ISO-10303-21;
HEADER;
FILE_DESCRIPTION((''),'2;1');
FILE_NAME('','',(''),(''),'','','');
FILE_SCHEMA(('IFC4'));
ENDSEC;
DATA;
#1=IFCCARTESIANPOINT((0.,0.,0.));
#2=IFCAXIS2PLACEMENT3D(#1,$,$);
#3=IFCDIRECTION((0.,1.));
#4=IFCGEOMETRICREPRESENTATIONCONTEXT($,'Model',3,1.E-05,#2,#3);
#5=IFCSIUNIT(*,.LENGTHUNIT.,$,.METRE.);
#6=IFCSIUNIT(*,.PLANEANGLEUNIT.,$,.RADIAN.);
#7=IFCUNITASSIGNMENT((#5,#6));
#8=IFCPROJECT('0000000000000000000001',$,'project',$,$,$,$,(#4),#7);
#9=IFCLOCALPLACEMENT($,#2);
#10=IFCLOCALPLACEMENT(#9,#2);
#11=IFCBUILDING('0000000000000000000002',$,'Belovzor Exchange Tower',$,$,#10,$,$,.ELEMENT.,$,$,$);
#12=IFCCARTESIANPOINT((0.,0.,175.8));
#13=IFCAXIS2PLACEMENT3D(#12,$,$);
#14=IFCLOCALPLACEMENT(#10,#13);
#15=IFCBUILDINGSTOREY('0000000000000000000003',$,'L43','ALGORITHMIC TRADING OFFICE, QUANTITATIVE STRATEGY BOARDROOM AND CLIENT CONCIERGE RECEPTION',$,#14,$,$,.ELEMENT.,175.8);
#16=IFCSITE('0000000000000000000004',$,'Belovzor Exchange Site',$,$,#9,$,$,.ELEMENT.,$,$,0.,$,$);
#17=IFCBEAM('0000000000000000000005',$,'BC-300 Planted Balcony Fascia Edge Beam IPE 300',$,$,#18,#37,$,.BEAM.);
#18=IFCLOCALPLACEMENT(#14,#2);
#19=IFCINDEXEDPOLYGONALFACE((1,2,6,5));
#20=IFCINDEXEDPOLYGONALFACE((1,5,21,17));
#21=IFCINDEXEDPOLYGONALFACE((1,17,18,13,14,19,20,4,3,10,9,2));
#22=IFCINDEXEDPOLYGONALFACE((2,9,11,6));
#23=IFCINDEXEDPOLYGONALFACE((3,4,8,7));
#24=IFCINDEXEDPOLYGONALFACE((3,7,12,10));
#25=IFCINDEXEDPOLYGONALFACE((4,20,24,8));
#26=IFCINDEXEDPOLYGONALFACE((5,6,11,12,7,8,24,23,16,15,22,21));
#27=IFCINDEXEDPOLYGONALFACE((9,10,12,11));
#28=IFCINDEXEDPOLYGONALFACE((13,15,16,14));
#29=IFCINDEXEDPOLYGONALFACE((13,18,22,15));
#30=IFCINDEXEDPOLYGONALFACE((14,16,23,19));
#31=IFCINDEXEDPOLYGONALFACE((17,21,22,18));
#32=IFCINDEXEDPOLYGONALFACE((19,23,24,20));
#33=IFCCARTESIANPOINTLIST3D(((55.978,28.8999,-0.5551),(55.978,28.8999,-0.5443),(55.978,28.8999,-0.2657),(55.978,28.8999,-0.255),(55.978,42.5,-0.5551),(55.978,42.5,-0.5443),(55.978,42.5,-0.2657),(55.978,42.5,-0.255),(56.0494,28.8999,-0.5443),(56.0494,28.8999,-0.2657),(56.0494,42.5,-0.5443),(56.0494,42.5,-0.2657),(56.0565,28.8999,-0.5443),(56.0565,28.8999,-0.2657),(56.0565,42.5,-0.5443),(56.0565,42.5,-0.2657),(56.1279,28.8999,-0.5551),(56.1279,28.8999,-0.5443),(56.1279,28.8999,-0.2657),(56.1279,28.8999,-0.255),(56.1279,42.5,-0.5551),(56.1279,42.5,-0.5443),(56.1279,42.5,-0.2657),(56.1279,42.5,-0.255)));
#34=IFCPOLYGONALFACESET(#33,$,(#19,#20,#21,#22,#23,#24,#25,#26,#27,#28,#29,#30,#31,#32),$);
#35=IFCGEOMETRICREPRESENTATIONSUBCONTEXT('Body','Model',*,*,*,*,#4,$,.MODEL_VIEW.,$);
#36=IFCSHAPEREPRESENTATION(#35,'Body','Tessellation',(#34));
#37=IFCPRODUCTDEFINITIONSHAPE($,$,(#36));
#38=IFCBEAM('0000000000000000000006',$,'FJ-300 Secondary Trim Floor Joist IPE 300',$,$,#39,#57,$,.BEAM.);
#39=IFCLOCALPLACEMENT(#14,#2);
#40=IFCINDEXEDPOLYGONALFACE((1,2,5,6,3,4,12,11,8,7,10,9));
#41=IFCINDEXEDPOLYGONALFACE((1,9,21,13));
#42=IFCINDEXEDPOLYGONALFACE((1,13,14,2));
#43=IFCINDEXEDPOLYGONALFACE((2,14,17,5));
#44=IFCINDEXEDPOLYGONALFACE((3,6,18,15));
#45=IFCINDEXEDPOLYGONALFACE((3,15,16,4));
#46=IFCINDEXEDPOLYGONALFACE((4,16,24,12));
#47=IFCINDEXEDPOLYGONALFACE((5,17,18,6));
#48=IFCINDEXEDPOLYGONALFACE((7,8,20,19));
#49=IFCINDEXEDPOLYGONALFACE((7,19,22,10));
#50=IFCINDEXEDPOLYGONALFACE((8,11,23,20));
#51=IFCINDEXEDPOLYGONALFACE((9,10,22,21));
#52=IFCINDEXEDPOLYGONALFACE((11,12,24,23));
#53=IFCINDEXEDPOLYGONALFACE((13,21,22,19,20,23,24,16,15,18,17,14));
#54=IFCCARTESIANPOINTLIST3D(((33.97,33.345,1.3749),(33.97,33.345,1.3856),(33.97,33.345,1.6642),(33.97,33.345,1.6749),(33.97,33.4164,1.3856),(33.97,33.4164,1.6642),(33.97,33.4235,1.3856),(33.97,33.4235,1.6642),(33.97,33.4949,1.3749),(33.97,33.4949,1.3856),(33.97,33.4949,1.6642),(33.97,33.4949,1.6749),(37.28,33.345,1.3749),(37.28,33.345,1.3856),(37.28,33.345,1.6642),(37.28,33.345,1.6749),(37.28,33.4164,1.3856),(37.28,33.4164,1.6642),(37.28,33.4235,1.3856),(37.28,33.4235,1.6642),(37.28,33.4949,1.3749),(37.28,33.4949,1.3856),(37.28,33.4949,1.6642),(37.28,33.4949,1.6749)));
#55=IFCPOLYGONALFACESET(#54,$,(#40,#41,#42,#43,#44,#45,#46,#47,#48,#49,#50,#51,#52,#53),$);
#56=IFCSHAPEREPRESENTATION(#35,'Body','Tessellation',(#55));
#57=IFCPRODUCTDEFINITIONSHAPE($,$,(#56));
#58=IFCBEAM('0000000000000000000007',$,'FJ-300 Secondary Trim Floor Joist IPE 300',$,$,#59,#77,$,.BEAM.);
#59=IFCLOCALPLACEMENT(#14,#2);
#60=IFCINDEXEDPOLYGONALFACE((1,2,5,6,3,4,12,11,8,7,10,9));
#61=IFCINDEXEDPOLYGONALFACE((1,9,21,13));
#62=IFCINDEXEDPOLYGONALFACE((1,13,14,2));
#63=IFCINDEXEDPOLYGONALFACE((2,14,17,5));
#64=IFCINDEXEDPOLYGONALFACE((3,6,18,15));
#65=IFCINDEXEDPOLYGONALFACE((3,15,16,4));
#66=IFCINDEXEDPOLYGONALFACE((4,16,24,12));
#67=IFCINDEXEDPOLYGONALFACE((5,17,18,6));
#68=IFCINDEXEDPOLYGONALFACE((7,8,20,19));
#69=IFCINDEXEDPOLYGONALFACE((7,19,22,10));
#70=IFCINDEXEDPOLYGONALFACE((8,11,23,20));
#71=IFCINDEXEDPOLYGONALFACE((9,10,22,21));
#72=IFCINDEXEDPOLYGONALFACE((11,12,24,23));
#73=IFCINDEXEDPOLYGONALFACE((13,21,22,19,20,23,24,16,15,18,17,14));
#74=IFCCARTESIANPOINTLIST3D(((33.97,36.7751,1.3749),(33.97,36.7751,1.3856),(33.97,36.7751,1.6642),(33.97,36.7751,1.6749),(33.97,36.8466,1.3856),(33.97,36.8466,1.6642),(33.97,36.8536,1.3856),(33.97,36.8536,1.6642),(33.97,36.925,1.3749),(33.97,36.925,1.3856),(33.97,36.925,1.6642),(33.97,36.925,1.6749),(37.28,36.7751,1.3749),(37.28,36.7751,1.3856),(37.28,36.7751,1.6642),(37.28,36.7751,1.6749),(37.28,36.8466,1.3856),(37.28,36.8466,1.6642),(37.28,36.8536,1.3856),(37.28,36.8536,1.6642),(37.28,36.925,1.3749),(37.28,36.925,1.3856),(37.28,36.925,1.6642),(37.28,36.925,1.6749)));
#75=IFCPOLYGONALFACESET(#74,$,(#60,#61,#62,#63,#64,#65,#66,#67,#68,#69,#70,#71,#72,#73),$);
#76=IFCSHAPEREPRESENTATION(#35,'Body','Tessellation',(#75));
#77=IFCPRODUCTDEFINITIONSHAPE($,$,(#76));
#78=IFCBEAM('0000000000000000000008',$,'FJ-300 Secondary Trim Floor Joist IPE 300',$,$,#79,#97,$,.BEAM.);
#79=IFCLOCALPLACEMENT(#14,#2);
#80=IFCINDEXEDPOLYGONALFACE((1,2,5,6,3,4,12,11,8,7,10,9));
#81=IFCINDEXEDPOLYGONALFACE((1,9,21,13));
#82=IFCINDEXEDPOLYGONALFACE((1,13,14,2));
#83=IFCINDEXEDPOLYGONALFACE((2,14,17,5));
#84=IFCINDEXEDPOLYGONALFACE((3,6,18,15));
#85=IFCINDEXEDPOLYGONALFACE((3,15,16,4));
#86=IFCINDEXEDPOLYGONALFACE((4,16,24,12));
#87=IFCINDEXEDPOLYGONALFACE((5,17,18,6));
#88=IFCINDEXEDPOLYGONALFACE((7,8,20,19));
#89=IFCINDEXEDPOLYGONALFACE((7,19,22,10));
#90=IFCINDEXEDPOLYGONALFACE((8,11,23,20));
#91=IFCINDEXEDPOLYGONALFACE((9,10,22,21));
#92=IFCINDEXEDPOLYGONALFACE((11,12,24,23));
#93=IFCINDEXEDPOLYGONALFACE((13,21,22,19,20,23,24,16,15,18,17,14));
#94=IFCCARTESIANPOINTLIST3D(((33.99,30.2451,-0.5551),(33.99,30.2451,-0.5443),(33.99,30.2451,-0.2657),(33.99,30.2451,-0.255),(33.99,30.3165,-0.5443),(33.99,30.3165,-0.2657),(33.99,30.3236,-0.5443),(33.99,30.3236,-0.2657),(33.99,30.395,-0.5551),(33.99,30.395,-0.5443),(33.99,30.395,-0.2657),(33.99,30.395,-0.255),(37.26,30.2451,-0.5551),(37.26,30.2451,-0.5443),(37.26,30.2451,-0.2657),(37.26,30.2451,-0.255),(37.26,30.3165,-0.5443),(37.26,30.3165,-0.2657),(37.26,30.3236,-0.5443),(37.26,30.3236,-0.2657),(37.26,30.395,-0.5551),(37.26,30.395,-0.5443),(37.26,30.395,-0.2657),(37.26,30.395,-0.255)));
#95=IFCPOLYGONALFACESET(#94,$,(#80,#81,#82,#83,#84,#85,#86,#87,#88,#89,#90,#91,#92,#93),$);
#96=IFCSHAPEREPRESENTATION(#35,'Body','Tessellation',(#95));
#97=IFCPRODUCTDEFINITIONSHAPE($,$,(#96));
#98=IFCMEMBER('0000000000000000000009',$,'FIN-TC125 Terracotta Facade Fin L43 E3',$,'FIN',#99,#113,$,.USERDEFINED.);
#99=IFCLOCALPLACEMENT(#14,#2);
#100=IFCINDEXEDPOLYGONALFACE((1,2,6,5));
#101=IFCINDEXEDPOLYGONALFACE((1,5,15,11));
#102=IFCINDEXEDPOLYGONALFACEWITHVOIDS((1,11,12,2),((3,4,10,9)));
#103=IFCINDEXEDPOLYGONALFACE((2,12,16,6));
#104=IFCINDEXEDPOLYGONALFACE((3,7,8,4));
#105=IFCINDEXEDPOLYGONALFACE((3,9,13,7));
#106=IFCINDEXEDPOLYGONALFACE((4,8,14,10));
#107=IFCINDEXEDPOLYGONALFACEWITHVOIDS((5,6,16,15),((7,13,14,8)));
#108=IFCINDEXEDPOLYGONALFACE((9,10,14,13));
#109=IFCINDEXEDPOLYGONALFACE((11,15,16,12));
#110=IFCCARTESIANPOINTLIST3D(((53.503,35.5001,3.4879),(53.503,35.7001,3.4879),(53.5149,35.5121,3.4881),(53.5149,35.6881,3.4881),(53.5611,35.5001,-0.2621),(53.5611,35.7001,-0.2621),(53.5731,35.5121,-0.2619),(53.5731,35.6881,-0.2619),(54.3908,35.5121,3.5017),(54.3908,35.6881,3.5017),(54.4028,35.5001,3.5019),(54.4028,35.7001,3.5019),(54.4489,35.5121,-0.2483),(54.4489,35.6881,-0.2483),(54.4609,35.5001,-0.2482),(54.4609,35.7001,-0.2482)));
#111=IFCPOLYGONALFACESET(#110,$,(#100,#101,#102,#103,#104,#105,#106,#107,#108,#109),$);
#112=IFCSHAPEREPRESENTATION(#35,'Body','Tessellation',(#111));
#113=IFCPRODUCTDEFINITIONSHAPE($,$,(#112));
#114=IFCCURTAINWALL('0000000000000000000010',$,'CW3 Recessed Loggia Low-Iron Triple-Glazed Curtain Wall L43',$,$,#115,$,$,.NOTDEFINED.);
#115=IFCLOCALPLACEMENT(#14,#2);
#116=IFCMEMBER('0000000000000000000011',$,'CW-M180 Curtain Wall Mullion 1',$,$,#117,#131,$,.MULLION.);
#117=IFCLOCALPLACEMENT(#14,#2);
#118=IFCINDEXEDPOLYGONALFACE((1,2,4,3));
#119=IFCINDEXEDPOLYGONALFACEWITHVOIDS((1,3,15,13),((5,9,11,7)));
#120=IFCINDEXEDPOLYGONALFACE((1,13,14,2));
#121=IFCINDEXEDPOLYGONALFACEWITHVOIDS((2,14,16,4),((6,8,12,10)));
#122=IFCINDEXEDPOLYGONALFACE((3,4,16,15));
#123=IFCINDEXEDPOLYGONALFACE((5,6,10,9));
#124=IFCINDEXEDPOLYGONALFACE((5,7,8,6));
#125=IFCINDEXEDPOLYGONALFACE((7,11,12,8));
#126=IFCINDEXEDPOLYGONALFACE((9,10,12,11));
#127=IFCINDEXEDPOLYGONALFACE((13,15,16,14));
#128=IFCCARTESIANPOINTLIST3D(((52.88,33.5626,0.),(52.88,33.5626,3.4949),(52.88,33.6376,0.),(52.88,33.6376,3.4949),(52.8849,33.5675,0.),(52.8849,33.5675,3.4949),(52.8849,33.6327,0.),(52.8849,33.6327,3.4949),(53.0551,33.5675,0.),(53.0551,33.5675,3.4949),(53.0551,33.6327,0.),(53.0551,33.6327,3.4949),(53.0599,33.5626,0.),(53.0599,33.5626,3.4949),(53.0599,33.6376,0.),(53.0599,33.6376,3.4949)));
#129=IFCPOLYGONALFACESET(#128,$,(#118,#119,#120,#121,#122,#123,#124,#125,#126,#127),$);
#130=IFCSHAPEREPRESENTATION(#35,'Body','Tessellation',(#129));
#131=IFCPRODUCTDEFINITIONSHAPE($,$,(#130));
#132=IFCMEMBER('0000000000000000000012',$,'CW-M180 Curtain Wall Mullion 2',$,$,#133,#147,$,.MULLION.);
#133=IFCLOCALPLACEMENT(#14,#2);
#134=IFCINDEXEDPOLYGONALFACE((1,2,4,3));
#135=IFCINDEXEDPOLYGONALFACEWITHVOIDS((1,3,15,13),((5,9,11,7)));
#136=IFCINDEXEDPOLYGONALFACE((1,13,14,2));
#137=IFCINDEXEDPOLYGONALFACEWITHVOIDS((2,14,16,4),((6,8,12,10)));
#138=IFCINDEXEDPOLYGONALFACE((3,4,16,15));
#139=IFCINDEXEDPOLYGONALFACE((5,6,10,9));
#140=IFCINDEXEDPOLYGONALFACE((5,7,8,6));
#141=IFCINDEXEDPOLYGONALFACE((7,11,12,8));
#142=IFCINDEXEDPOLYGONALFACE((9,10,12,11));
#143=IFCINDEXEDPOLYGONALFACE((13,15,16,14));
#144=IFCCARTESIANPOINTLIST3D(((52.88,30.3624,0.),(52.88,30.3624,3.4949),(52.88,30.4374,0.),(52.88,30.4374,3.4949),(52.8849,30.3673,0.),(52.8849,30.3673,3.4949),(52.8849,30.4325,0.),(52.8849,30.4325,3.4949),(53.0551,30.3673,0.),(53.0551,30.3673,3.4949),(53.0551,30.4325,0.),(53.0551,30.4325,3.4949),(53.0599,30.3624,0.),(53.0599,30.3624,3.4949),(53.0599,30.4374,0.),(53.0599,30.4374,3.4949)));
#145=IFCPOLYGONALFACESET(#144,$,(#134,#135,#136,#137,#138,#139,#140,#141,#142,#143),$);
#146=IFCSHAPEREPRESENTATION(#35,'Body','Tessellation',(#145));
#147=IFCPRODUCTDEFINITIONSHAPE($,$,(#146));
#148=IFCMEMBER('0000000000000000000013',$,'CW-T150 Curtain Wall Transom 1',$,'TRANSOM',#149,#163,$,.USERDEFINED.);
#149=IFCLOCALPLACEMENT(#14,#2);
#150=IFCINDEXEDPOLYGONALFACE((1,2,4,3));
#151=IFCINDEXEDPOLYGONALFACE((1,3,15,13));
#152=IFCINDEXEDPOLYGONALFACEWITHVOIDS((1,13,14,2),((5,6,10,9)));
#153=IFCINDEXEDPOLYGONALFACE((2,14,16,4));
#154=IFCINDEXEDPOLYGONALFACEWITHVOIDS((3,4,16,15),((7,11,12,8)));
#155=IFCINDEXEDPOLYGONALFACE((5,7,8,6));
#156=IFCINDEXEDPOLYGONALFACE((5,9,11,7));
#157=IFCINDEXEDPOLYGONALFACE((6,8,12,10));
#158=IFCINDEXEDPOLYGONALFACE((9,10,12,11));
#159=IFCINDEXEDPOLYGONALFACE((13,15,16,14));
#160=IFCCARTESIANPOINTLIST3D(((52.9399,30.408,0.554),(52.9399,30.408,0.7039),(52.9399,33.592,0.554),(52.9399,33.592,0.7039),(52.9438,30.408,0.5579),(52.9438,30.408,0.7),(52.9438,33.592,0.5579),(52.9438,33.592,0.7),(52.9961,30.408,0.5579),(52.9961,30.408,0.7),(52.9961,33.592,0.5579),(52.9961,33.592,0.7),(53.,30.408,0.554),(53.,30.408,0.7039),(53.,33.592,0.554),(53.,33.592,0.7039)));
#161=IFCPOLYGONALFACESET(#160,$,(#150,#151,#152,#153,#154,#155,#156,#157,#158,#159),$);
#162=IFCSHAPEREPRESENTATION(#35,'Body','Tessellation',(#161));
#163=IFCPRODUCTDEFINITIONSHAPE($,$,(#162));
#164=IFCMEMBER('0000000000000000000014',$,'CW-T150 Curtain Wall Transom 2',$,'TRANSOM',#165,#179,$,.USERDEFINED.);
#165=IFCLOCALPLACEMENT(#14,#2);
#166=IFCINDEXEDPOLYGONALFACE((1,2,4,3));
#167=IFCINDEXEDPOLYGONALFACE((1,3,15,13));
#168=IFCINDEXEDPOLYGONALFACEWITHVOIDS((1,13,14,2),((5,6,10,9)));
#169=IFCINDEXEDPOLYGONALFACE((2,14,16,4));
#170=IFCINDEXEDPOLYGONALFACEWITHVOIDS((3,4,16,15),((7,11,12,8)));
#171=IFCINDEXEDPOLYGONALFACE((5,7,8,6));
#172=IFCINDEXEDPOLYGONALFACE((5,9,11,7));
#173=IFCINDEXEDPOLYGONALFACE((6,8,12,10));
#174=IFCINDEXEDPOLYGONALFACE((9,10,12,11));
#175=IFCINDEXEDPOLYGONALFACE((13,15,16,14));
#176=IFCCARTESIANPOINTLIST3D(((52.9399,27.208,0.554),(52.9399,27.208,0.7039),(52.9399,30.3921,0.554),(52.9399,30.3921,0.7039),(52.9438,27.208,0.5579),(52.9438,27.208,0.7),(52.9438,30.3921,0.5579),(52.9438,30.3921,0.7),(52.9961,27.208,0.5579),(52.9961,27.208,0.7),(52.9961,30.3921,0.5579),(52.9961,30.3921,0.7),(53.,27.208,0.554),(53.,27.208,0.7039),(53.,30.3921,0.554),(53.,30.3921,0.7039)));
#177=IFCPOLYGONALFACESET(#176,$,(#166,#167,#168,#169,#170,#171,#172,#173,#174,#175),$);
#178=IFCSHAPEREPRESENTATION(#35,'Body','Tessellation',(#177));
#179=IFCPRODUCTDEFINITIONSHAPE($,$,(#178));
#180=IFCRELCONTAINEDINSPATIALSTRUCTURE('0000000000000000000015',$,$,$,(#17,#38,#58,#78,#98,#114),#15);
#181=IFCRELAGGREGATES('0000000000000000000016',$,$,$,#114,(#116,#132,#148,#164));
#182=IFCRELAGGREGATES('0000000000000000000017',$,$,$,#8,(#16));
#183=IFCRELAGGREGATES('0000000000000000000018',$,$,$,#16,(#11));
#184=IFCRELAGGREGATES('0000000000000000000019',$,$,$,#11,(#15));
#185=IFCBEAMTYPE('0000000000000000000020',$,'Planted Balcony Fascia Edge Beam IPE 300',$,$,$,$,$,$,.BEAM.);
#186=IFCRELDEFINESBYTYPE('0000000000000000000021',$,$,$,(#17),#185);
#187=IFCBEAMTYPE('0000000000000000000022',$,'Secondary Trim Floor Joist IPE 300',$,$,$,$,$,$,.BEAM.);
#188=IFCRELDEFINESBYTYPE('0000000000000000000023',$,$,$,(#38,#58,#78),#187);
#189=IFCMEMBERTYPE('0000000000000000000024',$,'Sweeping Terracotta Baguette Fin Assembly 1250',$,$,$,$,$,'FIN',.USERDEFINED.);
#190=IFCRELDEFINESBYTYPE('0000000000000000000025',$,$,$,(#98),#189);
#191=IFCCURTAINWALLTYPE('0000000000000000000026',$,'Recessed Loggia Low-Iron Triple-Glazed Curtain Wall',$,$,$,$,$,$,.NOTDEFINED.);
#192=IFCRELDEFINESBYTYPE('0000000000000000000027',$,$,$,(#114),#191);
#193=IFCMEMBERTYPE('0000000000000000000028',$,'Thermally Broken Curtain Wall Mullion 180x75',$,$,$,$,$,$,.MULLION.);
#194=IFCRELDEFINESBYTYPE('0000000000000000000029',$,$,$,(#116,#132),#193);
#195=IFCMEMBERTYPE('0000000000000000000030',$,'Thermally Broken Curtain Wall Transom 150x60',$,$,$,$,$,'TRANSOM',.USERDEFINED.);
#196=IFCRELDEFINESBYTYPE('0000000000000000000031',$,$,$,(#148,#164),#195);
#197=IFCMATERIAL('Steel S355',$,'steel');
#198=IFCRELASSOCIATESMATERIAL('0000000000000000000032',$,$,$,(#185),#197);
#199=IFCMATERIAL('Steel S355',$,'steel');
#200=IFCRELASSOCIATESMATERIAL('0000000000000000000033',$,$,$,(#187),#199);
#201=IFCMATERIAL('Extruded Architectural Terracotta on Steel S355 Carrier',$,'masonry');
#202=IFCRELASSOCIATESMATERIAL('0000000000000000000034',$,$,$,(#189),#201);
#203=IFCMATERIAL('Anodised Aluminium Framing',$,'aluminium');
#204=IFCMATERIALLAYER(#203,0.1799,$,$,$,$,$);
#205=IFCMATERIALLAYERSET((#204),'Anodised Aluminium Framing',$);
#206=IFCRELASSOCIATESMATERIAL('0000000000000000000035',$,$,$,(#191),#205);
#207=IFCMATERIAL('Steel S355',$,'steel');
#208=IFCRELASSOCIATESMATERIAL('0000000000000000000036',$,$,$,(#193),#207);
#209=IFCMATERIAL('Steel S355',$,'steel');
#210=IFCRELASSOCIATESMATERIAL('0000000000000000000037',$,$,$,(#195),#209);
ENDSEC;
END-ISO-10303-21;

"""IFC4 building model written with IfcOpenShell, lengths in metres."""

from ifc_helpers import new_model, si_unit, direction, frame, origin, origin_2d, place, context, subcontext, project, spatial, hollow_rectangle, i_section, extrude, material, layer, layer_set, material_profile, profile_set, type_object, element, aggregate, save


model = new_model("IFC4")

# Units and contexts
model_context = context("Model", 3, precision=1e-05, world=origin(), true_north=direction((0.0, 1.0)))
body_context = subcontext(model_context, "Body", "Model", "MODEL_VIEW")
ifc_project = project(units=[si_unit("LENGTHUNIT", "METRE"), si_unit("PLANEANGLEUNIT", "RADIAN")], contexts=[model_context])

# Site, building, storey
site_placement = place(None, origin())
site = spatial("IfcSite", under=ifc_project, at=site_placement, Name="Belovzor Exchange Site", CompositionType="ELEMENT", RefElevation=0.0)
building_placement = place(site_placement, origin())
building = spatial("IfcBuilding", under=site, at=building_placement, Name="Belovzor Exchange Tower", CompositionType="ELEMENT")
storey_placement = place(building_placement, frame((0.0, 0.0, 175.8)))
storey = spatial("IfcBuildingStorey", under=building, at=storey_placement, Name="L43", Description="ALGORITHMIC TRADING OFFICE, QUANTITATIVE STRATEGY BOARDROOM AND CLIENT CONCIERGE RECEPTION", CompositionType="ELEMENT", Elevation=175.8)

# Beams
ifc_material_1 = material(Name="Steel S355", Category="steel")
ifc_material_profile_1 = material_profile(ifc_material_1, i_section(OverallWidth=0.1499, OverallDepth=0.3, WebThickness=0.0071, FlangeThickness=0.0107, at=origin_2d()))
ifc_profile_set_1 = profile_set([ifc_material_profile_1], Name="Steel S355")
beam_type_1 = type_object("IfcBeamType", Name="Planted Balcony Fascia Edge Beam IPE 300", PredefinedType="BEAM", material=ifc_profile_set_1)
beam_1_placement = place(storey_placement, frame((56.053, 28.8999, -0.405), z_axis=(0.0, 1.0, 0.0), x_axis=(-1.0, 0.0, 0.0)))
element("IfcBeam", 1, at=beam_1_placement, inside=storey, type_object=beam_type_1, Name="BC-300 Planted Balcony Fascia Edge Beam IPE 300", PredefinedType="BEAM", context=body_context, shape_type="SweptSolid", body=[
    extrude(i_section(OverallWidth=0.1499, OverallDepth=0.3, WebThickness=0.0071, FlangeThickness=0.0107, at=origin_2d()), origin(), (0.0, 0.0, 1.0), 13.6001),
])
ifc_material_2 = material(Name="Steel S355", Category="steel")
ifc_material_profile_2 = material_profile(ifc_material_2, i_section(OverallWidth=0.1499, OverallDepth=0.3, WebThickness=0.0071, FlangeThickness=0.0107, at=origin_2d()))
ifc_profile_set_2 = profile_set([ifc_material_profile_2], Name="Steel S355")
beam_type_2 = type_object("IfcBeamType", Name="Secondary Trim Floor Joist IPE 300", PredefinedType="BEAM", material=ifc_profile_set_2)
for number, where, z_axis, x_axis, name in (
    (2, (37.28, 33.4199, 1.5249), (-1.0, 0.0, 0.0), (0.0, -1.0, 0.0), "FJ-300 Secondary Trim Floor Joist IPE 300"),
    (3, (37.28, 36.8501, 1.5249), (-1.0, 0.0, 0.0), (0.0, -1.0, 0.0), "FJ-300 Secondary Trim Floor Joist IPE 300"),
):
    element("IfcBeam", number, at=place(storey_placement, frame(where, z_axis=z_axis, x_axis=x_axis)), inside=storey, type_object=beam_type_2, Name=name, PredefinedType="BEAM", context=body_context, shape_type="SweptSolid", body=[
        extrude(i_section(OverallWidth=0.1499, OverallDepth=0.3, WebThickness=0.0071, FlangeThickness=0.0107, at=origin_2d()), origin(), (0.0, 0.0, 1.0), 3.3101),
    ])
beam_2_placement = place(storey_placement, frame((37.26, 30.3201, -0.405), z_axis=(-1.0, 0.0, 0.0), x_axis=(0.0, -1.0, 0.0)))
element("IfcBeam", 4, at=beam_2_placement, inside=storey, type_object=beam_type_2, Name="FJ-300 Secondary Trim Floor Joist IPE 300", PredefinedType="BEAM", context=body_context, shape_type="SweptSolid", body=[
    extrude(i_section(OverallWidth=0.1499, OverallDepth=0.3, WebThickness=0.0071, FlangeThickness=0.0107, at=origin_2d()), origin(), (0.0, 0.0, 1.0), 3.27),
])

# Member
ifc_material_3 = material(Name="Extruded Architectural Terracotta on Steel S355 Carrier", Category="masonry")
ifc_material_profile_3 = material_profile(ifc_material_3, hollow_rectangle(XDim=0.2, YDim=0.8999, WallThickness=0.012, at=origin_2d()))
ifc_profile_set_3 = profile_set([ifc_material_profile_3], Name="Extruded Architectural Terracotta on Steel S355 Carrier")
member_type_1 = type_object("IfcMemberType", Name="Sweeping Terracotta Baguette Fin Assembly 1250", ElementType="FIN", PredefinedType="USERDEFINED", material=ifc_profile_set_3)
member_1_placement = place(storey_placement, frame((54.011, 35.6001, -0.2551), z_axis=(-0.015493, 0.0, 0.99988), x_axis=(0.0, -1.0, 0.0)))
element("IfcMember", 5, at=member_1_placement, inside=storey, type_object=member_type_1, Name="FIN-TC125 Terracotta Facade Fin L43 E3", ObjectType="FIN", PredefinedType="USERDEFINED", context=body_context, shape_type="SweptSolid", body=[
    extrude(hollow_rectangle(XDim=0.2, YDim=0.8999, WallThickness=0.012, at=origin_2d()), origin(), (0.0, 0.0, 1.0), 3.7505),
])

# Curtain wall, members
ifc_material_4 = material(Name="Anodised Aluminium Framing", Category="aluminium")
ifc_layer_1 = layer(ifc_material_4, 0.1799)
ifc_layer_set_1 = layer_set([ifc_layer_1], Name="Anodised Aluminium Framing")
curtain_wall_type = type_object("IfcCurtainWallType", Name="Recessed Loggia Low-Iron Triple-Glazed Curtain Wall", PredefinedType="NOTDEFINED", material=ifc_layer_set_1)
curtain_wall_placement = place(storey_placement, origin())
curtain_wall = element("IfcCurtainWall", 6, at=curtain_wall_placement, inside=storey, type_object=curtain_wall_type, Name="CW3 Recessed Loggia Low-Iron Triple-Glazed Curtain Wall L43", PredefinedType="NOTDEFINED")
ifc_material_5 = material(Name="Steel S355", Category="steel")
ifc_material_profile_4 = material_profile(ifc_material_5, hollow_rectangle(XDim=0.075, YDim=0.1799, WallThickness=0.0049, at=origin_2d()))
ifc_profile_set_4 = profile_set([ifc_material_profile_4], Name="Steel S355")
member_type_2 = type_object("IfcMemberType", Name="Thermally Broken Curtain Wall Mullion 180x75", PredefinedType="MULLION", material=ifc_profile_set_4)
member_2_placement = place(storey_placement, frame((52.97, 33.6001, 0.0), z_axis=(0.0, 0.0, 1.0), x_axis=(0.0, -1.0, 0.0)))
member_2 = element("IfcMember", 7, at=member_2_placement, type_object=member_type_2, Name="CW-M180 Curtain Wall Mullion 1", PredefinedType="MULLION", context=body_context, shape_type="SweptSolid", body=[
    extrude(hollow_rectangle(XDim=0.075, YDim=0.1799, WallThickness=0.0049, at=origin_2d()), origin(), (0.0, 0.0, 1.0), 3.4949),
])
member_3_placement = place(storey_placement, frame((52.97, 30.3999, 0.0), z_axis=(0.0, 0.0, 1.0), x_axis=(0.0, -1.0, 0.0)))
member_3 = element("IfcMember", 8, at=member_3_placement, type_object=member_type_2, Name="CW-M180 Curtain Wall Mullion 2", PredefinedType="MULLION", context=body_context, shape_type="SweptSolid", body=[
    extrude(hollow_rectangle(XDim=0.075, YDim=0.1799, WallThickness=0.0049, at=origin_2d()), origin(), (0.0, 0.0, 1.0), 3.4949),
])
ifc_material_6 = material(Name="Steel S355", Category="steel")
ifc_material_profile_5 = material_profile(ifc_material_6, hollow_rectangle(XDim=0.0601, YDim=0.1499, WallThickness=0.0039, at=origin_2d()))
ifc_profile_set_5 = profile_set([ifc_material_profile_5], Name="Steel S355")
member_type_3 = type_object("IfcMemberType", Name="Thermally Broken Curtain Wall Transom 150x60", ElementType="TRANSOM", PredefinedType="USERDEFINED", material=ifc_profile_set_5)
member_4_placement = place(storey_placement, frame((52.97, 33.592, 0.6289), z_axis=(0.0, -1.0, 0.0), x_axis=(1.0, 0.0, 0.0)))
member_4 = element("IfcMember", 9, at=member_4_placement, type_object=member_type_3, Name="CW-T150 Curtain Wall Transom 1", ObjectType="TRANSOM", PredefinedType="USERDEFINED", context=body_context, shape_type="SweptSolid", body=[
    extrude(hollow_rectangle(XDim=0.0601, YDim=0.1499, WallThickness=0.0039, at=origin_2d()), origin(), (0.0, 0.0, 1.0), 3.1841),
])
member_5_placement = place(storey_placement, frame((52.97, 30.3921, 0.6289), z_axis=(0.0, -1.0, 0.0), x_axis=(1.0, 0.0, 0.0)))
member_5 = element("IfcMember", 10, at=member_5_placement, type_object=member_type_3, Name="CW-T150 Curtain Wall Transom 2", ObjectType="TRANSOM", PredefinedType="USERDEFINED", context=body_context, shape_type="SweptSolid", body=[
    extrude(hollow_rectangle(XDim=0.0601, YDim=0.1499, WallThickness=0.0039, at=origin_2d()), origin(), (0.0, 0.0, 1.0), 3.1841),
])

aggregate(curtain_wall, [member_2, member_3, member_4, member_5])

save(model, "model.ifc")
